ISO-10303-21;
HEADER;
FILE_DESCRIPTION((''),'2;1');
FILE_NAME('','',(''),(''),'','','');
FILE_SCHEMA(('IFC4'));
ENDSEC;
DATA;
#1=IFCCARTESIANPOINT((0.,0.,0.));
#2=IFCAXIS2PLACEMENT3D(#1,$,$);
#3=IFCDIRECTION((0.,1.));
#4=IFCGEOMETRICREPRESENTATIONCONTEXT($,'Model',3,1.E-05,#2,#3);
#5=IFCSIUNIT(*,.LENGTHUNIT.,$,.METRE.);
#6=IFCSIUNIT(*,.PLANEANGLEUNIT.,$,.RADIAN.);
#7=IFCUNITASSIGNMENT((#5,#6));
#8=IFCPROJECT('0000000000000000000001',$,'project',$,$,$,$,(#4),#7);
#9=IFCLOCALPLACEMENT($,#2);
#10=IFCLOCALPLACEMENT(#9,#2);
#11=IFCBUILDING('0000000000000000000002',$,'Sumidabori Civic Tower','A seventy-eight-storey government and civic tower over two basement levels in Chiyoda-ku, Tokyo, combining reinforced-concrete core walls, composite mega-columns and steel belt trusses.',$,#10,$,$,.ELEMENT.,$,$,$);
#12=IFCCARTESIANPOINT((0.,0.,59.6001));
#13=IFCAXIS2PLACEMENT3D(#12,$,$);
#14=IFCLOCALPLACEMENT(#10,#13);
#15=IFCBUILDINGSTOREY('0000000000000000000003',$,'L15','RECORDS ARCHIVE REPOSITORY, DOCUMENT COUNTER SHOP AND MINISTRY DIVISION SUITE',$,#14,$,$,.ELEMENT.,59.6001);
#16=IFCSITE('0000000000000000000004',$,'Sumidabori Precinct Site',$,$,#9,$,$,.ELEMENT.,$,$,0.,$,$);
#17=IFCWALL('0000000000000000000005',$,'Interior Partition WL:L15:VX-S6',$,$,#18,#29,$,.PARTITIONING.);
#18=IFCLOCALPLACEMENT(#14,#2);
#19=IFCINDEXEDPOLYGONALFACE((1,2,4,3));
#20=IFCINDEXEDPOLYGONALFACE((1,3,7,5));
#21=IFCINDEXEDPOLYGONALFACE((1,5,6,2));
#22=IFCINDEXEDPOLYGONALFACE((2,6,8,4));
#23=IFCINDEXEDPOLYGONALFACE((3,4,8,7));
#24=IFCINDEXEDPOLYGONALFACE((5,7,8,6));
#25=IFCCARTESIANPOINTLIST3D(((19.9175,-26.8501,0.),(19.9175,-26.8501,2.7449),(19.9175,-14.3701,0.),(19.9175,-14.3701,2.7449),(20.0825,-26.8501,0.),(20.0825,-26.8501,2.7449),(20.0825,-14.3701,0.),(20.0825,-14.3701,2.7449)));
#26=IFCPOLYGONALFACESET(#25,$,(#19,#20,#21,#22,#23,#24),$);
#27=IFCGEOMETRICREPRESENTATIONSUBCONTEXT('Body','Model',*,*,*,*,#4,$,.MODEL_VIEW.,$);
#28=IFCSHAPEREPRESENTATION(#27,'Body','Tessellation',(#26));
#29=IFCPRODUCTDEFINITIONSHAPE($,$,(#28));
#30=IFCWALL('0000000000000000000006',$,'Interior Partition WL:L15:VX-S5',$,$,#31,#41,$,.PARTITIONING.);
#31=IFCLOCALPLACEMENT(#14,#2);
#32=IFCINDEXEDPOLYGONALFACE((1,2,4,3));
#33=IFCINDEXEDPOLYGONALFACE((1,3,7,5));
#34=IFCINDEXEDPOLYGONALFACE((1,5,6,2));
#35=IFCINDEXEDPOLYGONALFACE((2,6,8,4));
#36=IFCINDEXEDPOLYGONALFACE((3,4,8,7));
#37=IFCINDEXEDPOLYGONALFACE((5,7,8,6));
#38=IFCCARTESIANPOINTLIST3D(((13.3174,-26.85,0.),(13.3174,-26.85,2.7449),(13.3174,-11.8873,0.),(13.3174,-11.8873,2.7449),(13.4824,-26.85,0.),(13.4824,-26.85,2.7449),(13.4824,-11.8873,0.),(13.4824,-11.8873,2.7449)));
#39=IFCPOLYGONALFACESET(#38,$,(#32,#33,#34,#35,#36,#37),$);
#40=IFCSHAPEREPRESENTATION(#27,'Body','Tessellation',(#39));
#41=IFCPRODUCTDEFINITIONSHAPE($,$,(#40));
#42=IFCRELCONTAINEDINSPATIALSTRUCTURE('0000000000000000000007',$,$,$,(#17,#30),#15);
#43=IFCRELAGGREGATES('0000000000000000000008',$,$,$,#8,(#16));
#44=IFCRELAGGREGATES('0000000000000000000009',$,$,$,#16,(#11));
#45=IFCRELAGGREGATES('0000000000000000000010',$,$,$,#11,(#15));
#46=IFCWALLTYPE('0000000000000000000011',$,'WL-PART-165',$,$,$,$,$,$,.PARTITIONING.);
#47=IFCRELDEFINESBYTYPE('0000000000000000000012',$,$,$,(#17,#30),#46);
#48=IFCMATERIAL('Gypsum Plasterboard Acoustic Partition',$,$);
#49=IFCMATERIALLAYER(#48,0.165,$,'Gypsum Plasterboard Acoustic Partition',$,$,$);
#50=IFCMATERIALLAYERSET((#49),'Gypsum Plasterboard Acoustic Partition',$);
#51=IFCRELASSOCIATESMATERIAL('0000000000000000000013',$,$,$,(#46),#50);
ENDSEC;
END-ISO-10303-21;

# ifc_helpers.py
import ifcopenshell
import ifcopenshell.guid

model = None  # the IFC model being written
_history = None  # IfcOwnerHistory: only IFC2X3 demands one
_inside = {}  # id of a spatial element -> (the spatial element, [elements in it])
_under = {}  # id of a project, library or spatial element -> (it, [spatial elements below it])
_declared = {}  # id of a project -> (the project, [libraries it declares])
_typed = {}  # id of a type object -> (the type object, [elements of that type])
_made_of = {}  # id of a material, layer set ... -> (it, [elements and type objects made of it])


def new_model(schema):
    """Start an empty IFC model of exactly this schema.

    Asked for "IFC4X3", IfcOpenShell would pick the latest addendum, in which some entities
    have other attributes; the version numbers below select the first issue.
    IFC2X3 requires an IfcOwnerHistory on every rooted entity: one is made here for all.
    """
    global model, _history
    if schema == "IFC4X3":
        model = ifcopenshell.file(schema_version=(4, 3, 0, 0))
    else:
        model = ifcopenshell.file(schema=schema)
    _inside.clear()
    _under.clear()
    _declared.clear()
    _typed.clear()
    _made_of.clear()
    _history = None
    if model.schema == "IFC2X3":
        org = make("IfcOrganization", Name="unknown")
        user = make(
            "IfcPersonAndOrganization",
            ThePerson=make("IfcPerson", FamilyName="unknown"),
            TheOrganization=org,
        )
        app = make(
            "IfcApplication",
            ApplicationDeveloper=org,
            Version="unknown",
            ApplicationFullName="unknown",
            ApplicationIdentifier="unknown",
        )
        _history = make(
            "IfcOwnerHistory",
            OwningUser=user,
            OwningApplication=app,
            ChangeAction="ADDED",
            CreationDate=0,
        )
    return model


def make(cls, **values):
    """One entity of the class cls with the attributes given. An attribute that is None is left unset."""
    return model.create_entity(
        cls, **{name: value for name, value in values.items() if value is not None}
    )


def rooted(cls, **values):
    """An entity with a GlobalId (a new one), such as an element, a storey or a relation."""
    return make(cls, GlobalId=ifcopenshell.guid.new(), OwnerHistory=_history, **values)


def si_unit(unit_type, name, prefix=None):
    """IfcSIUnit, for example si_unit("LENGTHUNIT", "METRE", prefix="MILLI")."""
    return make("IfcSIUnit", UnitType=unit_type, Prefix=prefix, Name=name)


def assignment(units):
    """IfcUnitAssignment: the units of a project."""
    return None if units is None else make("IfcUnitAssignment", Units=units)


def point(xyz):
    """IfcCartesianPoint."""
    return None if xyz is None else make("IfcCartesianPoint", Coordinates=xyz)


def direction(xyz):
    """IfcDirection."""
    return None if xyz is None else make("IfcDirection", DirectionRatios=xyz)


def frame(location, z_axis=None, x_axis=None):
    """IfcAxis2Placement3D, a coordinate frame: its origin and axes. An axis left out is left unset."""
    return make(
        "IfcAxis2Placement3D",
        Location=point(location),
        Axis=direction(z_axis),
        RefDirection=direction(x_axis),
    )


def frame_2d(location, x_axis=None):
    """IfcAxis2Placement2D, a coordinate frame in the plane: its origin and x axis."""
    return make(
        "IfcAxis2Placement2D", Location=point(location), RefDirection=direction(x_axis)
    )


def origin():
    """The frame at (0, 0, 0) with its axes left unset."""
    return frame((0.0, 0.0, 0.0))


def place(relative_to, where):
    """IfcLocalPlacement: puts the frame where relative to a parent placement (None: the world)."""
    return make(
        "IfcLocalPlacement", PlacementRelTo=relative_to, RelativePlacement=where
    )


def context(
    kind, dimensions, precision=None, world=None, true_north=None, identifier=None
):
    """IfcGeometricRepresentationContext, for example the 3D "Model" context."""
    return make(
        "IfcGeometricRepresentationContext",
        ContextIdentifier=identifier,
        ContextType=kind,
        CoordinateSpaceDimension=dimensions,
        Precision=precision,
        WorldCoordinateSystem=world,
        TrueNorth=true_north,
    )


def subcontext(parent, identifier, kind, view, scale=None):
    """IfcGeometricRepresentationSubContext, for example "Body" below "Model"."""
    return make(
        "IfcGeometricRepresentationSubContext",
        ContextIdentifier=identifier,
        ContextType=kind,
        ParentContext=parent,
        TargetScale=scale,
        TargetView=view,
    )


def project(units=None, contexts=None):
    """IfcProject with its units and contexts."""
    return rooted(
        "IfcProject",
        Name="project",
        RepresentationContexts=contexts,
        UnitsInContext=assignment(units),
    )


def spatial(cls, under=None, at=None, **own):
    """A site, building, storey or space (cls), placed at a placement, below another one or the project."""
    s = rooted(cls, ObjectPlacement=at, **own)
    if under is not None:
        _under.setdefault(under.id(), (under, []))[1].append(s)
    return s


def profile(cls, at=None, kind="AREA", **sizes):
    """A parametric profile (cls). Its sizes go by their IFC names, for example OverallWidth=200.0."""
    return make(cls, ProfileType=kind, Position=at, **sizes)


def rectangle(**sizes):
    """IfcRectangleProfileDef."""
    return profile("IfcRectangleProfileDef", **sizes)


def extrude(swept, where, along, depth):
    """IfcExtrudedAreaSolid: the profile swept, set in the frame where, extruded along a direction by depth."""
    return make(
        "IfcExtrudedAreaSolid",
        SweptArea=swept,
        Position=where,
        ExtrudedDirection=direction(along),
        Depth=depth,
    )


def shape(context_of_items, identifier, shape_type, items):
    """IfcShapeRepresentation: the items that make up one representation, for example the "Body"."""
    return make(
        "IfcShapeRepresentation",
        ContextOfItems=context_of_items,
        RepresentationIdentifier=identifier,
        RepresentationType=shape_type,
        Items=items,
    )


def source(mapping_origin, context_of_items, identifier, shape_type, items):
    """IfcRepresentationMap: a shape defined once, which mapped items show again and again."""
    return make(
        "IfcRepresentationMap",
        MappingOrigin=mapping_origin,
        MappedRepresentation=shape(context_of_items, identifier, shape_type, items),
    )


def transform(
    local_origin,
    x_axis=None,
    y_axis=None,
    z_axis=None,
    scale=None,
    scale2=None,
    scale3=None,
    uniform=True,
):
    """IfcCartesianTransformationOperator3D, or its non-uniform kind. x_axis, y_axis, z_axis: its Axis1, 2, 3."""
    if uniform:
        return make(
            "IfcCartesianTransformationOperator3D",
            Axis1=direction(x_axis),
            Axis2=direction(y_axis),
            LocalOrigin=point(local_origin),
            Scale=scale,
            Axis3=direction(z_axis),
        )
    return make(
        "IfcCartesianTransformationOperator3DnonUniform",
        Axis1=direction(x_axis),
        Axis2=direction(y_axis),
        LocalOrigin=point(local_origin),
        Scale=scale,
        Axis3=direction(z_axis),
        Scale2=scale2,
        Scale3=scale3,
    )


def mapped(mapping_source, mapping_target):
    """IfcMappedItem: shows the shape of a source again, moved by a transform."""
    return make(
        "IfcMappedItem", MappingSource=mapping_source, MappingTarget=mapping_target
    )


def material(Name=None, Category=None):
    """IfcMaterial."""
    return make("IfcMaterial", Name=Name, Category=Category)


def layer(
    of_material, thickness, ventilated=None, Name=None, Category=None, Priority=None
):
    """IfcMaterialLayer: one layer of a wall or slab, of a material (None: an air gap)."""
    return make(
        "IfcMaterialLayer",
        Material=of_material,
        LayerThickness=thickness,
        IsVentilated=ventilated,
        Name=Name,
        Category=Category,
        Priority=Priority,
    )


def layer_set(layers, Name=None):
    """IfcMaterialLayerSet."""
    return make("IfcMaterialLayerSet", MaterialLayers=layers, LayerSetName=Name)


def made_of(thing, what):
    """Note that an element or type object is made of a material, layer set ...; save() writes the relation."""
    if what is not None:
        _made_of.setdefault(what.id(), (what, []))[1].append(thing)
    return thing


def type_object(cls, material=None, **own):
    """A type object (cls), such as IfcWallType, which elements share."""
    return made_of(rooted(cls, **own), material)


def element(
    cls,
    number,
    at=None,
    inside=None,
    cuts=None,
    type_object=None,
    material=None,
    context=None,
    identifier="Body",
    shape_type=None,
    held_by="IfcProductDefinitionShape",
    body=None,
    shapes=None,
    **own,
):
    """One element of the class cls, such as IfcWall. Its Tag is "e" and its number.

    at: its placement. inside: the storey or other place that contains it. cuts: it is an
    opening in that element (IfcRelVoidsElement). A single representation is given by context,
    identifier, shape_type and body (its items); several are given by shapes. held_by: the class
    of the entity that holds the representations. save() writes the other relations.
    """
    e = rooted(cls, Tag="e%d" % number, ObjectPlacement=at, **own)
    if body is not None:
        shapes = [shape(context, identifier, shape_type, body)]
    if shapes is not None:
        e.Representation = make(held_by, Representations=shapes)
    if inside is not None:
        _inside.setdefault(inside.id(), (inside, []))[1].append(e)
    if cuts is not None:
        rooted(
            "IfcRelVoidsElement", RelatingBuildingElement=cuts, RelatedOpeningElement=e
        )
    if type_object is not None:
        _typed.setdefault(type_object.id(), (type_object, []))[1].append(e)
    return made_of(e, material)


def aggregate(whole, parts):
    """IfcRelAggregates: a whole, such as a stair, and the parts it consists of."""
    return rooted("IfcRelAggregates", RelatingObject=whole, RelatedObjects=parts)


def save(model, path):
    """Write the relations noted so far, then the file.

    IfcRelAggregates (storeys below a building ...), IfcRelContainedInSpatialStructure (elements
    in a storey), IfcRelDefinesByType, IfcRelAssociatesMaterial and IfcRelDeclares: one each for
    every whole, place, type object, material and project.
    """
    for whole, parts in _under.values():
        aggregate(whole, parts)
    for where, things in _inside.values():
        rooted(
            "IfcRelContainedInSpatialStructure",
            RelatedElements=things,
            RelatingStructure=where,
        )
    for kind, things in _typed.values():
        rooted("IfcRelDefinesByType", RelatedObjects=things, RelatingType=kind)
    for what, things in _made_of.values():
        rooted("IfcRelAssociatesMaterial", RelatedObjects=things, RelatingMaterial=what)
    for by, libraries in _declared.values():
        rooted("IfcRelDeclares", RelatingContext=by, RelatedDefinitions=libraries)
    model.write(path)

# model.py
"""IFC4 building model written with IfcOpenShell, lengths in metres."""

from ifc_helpers import new_model, si_unit, direction, frame, frame_2d, origin, place, context, subcontext, project, spatial, rectangle, extrude, source, transform, mapped, material, layer, layer_set, type_object, element, save


model = new_model("IFC4")

# Units and contexts
model_context = context("Model", 3, precision=1e-05, world=origin(), true_north=direction((0.0, 1.0)))
body_context = subcontext(model_context, "Body", "Model", "MODEL_VIEW")
ifc_project = project(units=[si_unit("LENGTHUNIT", "METRE"), si_unit("PLANEANGLEUNIT", "RADIAN")], contexts=[model_context])

# Site, building, storey
site_placement = place(None, origin())
site = spatial("IfcSite", under=ifc_project, at=site_placement, Name="Sumidabori Precinct Site", CompositionType="ELEMENT", RefElevation=0.0)
building_placement = place(site_placement, origin())
building = spatial("IfcBuilding", under=site, at=building_placement, Name="Sumidabori Civic Tower", Description="A seventy-eight-storey government and civic tower over two basement levels in Chiyoda-ku, Tokyo, combining reinforced-concrete core walls, composite mega-columns and steel belt trusses.", CompositionType="ELEMENT")
storey_placement = place(building_placement, frame((0.0, 0.0, 59.6001)))
storey = spatial("IfcBuildingStorey", under=building, at=storey_placement, Name="L15", Description="RECORDS ARCHIVE REPOSITORY, DOCUMENT COUNTER SHOP AND MINISTRY DIVISION SUITE", CompositionType="ELEMENT", Elevation=59.6001)

# Shared definitions
ifc_material_1 = material(Name="Gypsum Plasterboard Acoustic Partition")
ifc_layer_1 = layer(ifc_material_1, 0.165, Name="Gypsum Plasterboard Acoustic Partition")
ifc_layer_set_1 = layer_set([ifc_layer_1], Name="Gypsum Plasterboard Acoustic Partition")
wall_type_1 = type_object("IfcWallType", Name="WL-PART-165", PredefinedType="PARTITIONING", material=ifc_layer_set_1)

# Walls
shared_shape_1 = source(origin(), body_context, "Body", "SweptSolid", [
    extrude(rectangle(XDim=12.48, YDim=0.165, at=frame_2d((6.24, 0.0))), origin(), (0.0, 0.0, 1.0), 2.7449),
])
wall_1_placement = place(storey_placement, frame((20.0, -26.8501, 0.0), z_axis=(0.0, 0.0, 1.0), x_axis=(0.0, 1.0, 0.0)))
element("IfcWall", 1, at=wall_1_placement, inside=storey, type_object=wall_type_1, Name="Interior Partition WL:L15:VX-S6", PredefinedType="PARTITIONING", context=body_context, shape_type="MappedRepresentation", body=[
    mapped(shared_shape_1, transform((0.0, 0.0, 0.0), x_axis=(1.0, 0.0, 0.0), y_axis=(0.0, 1.0, 0.0), z_axis=(0.0, 0.0, 1.0), scale=1.0)),
])
shared_shape_2 = source(origin(), body_context, "Body", "SweptSolid", [
    extrude(rectangle(XDim=14.9626, YDim=0.165, at=frame_2d((7.4814, 0.0))), origin(), (0.0, 0.0, 1.0), 2.7449),
])
wall_2_placement = place(storey_placement, frame((13.3999, -26.8501, 0.0), z_axis=(0.0, 0.0, 1.0), x_axis=(0.0, 1.0, 0.0)))
element("IfcWall", 2, at=wall_2_placement, inside=storey, type_object=wall_type_1, Name="Interior Partition WL:L15:VX-S5", PredefinedType="PARTITIONING", context=body_context, shape_type="MappedRepresentation", body=[
    mapped(shared_shape_2, transform((0.0, 0.0, 0.0), x_axis=(1.0, 0.0, 0.0), y_axis=(0.0, 1.0, 0.0), z_axis=(0.0, 0.0, 1.0), scale=1.0)),
])

save(model, "model.ifc")
